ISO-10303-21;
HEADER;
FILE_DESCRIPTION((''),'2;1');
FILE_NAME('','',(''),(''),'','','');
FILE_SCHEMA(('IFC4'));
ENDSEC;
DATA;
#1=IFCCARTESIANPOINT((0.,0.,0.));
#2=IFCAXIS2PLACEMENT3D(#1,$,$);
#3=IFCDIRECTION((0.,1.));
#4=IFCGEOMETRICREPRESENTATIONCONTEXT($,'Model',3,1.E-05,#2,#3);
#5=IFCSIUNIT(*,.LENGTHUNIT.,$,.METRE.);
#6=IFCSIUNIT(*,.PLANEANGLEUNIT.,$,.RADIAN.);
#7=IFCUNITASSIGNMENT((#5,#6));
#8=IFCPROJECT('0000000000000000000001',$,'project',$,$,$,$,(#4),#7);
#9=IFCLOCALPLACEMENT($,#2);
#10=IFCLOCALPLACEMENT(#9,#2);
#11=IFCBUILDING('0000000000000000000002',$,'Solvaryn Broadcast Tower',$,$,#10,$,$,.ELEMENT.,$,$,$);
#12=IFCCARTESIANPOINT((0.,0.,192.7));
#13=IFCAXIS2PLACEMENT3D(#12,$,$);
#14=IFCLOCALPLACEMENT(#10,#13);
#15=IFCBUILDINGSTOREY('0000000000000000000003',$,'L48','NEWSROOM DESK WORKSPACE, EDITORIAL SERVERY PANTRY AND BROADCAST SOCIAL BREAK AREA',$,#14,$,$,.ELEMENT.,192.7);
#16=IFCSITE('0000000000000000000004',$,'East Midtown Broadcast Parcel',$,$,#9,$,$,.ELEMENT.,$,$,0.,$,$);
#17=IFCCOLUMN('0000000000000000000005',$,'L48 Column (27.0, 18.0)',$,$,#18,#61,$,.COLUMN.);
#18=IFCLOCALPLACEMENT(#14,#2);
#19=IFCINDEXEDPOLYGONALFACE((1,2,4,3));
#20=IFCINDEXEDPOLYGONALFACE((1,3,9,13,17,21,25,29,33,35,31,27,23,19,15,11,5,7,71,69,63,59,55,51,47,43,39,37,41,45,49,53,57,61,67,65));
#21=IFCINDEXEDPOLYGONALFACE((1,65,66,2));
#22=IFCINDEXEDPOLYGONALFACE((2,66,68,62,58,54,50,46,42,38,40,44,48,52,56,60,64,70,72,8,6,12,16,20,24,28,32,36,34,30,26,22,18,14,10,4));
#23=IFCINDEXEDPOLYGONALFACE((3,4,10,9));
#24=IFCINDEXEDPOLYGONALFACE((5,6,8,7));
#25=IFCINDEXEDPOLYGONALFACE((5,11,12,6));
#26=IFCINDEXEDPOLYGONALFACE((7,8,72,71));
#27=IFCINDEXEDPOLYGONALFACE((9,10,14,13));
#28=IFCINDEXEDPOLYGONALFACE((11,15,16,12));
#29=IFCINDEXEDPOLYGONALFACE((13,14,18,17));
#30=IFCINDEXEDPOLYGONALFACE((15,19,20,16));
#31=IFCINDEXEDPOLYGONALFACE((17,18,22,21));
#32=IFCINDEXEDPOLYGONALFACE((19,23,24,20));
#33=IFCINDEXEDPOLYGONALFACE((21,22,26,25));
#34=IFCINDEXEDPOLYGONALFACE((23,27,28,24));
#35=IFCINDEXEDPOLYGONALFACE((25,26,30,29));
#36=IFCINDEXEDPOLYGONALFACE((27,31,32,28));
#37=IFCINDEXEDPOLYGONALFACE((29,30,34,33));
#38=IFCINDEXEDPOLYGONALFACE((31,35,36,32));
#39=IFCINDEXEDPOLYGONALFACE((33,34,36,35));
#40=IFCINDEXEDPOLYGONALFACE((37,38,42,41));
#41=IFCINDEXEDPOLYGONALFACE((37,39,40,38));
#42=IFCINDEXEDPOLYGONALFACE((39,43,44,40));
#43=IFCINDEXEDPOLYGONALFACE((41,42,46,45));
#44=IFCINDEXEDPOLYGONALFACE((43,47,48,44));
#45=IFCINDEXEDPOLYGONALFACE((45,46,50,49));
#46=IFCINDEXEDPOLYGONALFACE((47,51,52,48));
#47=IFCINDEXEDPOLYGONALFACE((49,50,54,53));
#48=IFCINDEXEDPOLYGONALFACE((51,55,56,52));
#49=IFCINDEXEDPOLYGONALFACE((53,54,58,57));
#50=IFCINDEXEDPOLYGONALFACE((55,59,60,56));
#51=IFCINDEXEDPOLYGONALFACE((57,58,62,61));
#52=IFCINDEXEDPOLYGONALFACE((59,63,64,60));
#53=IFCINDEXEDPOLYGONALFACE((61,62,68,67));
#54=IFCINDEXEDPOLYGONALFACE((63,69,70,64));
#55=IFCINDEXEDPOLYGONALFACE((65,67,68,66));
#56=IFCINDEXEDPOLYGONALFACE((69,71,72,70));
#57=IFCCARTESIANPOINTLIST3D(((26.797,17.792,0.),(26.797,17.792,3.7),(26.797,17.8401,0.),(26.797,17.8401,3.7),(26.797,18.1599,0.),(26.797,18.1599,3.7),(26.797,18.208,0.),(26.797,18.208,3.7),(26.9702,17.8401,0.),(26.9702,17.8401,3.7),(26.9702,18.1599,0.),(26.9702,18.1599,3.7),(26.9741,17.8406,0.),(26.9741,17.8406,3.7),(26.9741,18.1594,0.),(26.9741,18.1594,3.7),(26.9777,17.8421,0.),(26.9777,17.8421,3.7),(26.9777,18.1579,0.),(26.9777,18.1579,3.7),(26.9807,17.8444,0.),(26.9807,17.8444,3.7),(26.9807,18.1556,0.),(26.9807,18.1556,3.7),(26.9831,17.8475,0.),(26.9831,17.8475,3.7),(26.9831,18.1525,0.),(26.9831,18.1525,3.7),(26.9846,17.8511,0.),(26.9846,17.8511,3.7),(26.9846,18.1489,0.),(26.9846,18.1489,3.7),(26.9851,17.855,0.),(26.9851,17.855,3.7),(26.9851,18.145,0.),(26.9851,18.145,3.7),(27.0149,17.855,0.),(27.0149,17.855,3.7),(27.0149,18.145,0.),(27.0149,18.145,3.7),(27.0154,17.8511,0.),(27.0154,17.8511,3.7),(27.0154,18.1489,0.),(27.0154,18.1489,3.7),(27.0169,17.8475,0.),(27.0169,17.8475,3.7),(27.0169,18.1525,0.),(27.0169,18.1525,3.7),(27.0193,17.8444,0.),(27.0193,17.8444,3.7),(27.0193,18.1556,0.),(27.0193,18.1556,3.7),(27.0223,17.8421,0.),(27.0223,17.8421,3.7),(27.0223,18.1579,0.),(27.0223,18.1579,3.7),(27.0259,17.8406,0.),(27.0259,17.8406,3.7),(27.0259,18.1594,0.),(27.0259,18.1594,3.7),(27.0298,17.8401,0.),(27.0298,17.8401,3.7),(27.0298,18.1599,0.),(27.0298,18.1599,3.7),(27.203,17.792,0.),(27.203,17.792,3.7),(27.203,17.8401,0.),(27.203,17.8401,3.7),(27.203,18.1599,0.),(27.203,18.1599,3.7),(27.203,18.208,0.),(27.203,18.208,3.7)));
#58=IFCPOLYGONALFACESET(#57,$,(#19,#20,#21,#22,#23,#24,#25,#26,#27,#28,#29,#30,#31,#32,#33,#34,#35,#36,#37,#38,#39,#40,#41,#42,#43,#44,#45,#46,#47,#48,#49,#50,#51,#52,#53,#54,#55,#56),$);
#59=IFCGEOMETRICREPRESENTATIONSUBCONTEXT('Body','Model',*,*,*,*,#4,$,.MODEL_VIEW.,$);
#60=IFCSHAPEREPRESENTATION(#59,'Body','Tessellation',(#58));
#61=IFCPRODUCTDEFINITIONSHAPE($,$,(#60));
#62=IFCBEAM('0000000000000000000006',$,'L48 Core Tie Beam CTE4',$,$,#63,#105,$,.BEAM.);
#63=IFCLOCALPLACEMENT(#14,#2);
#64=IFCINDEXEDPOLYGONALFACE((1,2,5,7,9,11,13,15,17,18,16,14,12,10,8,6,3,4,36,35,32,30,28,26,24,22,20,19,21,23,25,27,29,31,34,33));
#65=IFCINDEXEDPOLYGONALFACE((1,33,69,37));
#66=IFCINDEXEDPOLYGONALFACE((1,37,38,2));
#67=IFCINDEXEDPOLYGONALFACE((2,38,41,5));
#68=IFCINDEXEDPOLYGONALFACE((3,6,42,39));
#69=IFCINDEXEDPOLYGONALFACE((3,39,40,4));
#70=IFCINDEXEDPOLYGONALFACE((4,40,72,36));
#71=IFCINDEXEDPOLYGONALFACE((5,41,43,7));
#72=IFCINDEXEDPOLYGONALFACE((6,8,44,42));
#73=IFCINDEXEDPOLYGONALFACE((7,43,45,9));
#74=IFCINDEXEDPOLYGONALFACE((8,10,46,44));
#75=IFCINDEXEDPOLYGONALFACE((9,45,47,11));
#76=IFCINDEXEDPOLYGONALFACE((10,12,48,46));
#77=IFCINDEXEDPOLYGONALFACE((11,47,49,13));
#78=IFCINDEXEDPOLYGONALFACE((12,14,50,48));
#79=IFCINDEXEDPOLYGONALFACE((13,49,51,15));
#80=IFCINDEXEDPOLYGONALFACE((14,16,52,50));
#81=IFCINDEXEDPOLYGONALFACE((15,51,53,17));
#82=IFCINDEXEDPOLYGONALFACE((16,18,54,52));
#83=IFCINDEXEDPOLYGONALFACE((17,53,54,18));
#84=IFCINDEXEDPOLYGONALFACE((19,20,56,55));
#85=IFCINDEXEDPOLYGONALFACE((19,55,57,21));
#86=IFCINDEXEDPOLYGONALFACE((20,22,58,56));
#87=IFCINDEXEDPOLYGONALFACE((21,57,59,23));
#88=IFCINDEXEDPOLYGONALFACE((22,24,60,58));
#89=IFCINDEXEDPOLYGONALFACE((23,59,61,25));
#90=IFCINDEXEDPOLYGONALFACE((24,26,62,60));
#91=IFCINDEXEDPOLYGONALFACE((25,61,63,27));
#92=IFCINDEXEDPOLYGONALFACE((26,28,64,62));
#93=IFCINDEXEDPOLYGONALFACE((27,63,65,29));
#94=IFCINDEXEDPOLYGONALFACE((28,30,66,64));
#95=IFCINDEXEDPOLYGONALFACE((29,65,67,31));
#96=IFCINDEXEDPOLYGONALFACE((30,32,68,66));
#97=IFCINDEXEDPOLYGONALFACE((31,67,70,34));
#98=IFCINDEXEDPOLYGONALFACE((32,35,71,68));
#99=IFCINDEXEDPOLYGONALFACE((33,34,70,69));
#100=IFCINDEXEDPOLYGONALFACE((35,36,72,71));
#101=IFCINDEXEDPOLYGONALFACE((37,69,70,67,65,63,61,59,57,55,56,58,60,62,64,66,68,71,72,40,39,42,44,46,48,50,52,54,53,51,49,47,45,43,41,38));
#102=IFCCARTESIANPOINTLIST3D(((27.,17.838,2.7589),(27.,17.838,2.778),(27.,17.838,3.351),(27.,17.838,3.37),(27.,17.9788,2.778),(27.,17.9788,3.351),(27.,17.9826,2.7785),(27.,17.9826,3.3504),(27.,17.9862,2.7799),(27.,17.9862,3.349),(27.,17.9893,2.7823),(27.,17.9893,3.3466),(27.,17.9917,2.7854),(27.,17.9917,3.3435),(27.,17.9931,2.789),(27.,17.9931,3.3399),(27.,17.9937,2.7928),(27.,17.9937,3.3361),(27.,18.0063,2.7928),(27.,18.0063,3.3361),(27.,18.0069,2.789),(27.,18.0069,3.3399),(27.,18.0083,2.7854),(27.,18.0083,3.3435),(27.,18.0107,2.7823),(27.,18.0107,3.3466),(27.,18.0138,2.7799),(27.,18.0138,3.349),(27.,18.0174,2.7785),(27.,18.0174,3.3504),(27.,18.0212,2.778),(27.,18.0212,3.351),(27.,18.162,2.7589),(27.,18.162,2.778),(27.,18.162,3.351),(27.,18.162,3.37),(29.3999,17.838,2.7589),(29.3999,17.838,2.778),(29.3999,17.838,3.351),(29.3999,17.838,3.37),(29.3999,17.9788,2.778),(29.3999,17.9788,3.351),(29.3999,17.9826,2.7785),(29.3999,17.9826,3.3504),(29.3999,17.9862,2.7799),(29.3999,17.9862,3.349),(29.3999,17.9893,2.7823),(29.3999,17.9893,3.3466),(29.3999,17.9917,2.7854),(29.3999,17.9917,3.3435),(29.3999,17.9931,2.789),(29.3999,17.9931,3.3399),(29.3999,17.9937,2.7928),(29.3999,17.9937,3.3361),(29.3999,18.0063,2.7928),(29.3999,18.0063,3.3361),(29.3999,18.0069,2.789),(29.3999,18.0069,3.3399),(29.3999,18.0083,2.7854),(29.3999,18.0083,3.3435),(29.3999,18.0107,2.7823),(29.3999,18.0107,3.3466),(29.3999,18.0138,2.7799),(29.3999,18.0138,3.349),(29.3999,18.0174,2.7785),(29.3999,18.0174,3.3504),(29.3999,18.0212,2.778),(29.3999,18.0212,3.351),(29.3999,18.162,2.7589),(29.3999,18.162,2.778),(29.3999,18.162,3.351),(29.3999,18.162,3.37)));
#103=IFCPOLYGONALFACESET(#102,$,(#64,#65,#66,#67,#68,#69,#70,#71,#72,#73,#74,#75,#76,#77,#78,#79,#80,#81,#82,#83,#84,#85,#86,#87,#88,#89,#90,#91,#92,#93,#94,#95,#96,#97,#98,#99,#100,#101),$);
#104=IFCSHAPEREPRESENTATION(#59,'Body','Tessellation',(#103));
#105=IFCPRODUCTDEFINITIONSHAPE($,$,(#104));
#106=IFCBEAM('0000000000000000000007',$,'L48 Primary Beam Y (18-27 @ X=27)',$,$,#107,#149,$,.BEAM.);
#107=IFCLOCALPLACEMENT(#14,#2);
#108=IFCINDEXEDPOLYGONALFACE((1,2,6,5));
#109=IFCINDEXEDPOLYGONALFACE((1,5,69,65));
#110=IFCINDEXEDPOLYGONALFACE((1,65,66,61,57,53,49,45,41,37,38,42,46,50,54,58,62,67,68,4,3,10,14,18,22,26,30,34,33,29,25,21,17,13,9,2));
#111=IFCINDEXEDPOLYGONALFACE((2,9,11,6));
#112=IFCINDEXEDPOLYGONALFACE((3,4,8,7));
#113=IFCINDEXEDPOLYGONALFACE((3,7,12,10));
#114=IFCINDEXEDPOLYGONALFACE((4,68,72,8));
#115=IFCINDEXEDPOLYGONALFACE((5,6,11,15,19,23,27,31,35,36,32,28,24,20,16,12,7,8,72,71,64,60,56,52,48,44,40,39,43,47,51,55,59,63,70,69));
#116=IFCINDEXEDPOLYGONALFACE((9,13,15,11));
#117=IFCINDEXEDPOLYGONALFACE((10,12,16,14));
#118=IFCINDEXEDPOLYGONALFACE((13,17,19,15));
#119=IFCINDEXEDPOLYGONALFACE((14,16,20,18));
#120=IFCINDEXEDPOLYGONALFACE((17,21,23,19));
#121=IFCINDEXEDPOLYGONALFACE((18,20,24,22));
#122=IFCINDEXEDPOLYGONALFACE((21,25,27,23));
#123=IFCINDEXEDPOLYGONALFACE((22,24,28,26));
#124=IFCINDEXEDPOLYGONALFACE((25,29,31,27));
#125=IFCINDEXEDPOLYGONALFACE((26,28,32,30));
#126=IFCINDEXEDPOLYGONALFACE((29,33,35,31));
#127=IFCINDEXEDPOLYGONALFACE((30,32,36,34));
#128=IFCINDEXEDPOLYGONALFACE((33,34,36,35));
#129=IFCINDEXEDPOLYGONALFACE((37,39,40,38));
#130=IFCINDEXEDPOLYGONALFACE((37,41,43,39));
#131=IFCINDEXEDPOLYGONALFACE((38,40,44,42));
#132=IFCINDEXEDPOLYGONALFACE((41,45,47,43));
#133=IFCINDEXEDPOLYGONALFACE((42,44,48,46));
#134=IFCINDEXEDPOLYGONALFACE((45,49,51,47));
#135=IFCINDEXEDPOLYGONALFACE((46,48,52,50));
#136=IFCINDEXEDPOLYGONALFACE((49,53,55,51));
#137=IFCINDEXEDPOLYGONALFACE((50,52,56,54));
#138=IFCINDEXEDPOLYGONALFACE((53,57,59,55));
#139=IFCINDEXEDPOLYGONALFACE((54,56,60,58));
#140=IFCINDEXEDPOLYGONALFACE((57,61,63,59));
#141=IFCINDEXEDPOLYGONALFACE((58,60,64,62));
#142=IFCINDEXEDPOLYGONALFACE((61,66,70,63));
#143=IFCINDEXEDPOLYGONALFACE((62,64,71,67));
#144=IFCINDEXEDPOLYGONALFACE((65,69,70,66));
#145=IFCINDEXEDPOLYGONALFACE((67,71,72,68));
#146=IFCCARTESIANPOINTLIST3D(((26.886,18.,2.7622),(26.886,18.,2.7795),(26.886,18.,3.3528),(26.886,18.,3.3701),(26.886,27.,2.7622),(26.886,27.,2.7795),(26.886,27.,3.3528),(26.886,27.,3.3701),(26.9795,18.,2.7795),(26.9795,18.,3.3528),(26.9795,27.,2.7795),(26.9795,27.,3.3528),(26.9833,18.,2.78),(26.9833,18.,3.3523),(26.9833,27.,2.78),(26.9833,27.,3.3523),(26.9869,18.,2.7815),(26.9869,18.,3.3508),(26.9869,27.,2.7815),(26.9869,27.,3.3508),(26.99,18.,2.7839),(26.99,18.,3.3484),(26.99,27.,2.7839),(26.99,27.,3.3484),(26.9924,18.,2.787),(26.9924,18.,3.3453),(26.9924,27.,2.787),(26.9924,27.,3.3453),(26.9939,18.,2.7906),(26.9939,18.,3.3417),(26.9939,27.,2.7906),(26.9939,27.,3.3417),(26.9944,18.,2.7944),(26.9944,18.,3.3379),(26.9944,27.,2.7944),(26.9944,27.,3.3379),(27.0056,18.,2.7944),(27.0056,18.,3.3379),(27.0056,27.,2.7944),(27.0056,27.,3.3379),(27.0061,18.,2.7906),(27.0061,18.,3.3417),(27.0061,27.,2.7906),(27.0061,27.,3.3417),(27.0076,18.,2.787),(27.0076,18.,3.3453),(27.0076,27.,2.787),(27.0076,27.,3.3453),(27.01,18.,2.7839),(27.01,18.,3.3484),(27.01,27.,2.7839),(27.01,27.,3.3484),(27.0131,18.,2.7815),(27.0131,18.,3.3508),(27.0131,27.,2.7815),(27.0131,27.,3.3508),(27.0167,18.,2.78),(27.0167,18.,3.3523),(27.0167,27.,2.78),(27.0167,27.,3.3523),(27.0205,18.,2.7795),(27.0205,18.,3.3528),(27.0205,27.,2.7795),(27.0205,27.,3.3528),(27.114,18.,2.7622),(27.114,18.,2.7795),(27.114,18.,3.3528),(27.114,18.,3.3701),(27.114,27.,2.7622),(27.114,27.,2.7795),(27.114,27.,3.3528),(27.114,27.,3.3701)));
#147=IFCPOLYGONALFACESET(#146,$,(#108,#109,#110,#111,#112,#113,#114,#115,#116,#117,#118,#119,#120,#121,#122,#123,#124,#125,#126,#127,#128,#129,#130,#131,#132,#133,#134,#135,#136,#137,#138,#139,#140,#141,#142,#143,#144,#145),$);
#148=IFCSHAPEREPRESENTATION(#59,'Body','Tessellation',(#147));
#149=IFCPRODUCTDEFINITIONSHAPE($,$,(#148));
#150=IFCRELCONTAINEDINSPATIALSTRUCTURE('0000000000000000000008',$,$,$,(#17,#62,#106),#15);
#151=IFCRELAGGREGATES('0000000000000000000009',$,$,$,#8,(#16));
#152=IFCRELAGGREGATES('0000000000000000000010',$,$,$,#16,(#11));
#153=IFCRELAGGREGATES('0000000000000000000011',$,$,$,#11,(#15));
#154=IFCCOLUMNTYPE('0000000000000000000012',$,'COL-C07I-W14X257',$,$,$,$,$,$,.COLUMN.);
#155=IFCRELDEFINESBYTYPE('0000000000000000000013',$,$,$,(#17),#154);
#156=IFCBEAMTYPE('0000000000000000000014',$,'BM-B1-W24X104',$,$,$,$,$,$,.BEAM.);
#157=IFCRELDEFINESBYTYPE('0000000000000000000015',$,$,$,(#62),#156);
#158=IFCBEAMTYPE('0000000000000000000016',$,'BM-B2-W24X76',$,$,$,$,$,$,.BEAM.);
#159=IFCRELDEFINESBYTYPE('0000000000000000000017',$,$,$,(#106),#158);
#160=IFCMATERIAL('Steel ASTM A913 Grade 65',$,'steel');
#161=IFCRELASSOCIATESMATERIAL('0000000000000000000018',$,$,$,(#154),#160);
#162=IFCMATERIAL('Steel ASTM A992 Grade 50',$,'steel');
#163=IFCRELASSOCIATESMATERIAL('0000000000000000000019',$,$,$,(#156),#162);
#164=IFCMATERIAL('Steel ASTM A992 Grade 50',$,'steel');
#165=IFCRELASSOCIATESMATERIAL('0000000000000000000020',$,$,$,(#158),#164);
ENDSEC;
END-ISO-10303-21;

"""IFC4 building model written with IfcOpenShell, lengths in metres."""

from ifc_helpers import new_model, si_unit, direction, frame, origin, origin_2d, place, context, subcontext, project, spatial, i_section, extrude, material, material_profile, profile_set, type_object, element, save


model = new_model("IFC4")

# Units and contexts
model_context = context("Model", 3, precision=1e-05, world=origin(), true_north=direction((0.0, 1.0)))
body_context = subcontext(model_context, "Body", "Model", "MODEL_VIEW")
ifc_project = project(units=[si_unit("LENGTHUNIT", "METRE"), si_unit("PLANEANGLEUNIT", "RADIAN")], contexts=[model_context])

# Site, building, storey
site_placement = place(None, origin())
site = spatial("IfcSite", under=ifc_project, at=site_placement, Name="East Midtown Broadcast Parcel", CompositionType="ELEMENT", RefElevation=0.0)
building_placement = place(site_placement, origin())
building = spatial("IfcBuilding", under=site, at=building_placement, Name="Solvaryn Broadcast Tower", CompositionType="ELEMENT")
storey_placement = place(building_placement, frame((0.0, 0.0, 192.7)))
storey = spatial("IfcBuildingStorey", under=building, at=storey_placement, Name="L48", Description="NEWSROOM DESK WORKSPACE, EDITORIAL SERVERY PANTRY AND BROADCAST SOCIAL BREAK AREA", CompositionType="ELEMENT", Elevation=192.7)

# Column
ifc_material_1 = material(Name="Steel ASTM A913 Grade 65", Category="steel")
ifc_material_profile_1 = material_profile(ifc_material_1, i_section(OverallWidth=0.406, OverallDepth=0.416, WebThickness=0.0298, FlangeThickness=0.0481, FilletRadius=0.0149, at=origin_2d()))
ifc_profile_set_1 = profile_set([ifc_material_profile_1], Name="Steel ASTM A913 Grade 65")
column_type = type_object("IfcColumnType", Name="COL-C07I-W14X257", PredefinedType="COLUMN", material=ifc_profile_set_1)
column_placement = place(storey_placement, frame((27.0, 18.0, 0.0), z_axis=(0.0, 0.0, 1.0), x_axis=(1.0, 0.0, 0.0)))
element("IfcColumn", 1, at=column_placement, inside=storey, type_object=column_type, Name="L48 Column (27.0, 18.0)", PredefinedType="COLUMN", context=body_context, shape_type="SweptSolid", body=[
    extrude(i_section(OverallWidth=0.406, OverallDepth=0.416, WebThickness=0.0298, FlangeThickness=0.0481, FilletRadius=0.0149, at=origin_2d()), origin(), (0.0, 0.0, 1.0), 3.7),
])

# Beams
ifc_material_2 = material(Name="Steel ASTM A992 Grade 50", Category="steel")
ifc_material_profile_2 = material_profile(ifc_material_2, i_section(OverallWidth=0.324, OverallDepth=0.6111, WebThickness=0.0127, FlangeThickness=0.019, FilletRadius=0.0149, at=origin_2d()))
ifc_profile_set_2 = profile_set([ifc_material_profile_2], Name="Steel ASTM A992 Grade 50")
beam_type_1 = type_object("IfcBeamType", Name="BM-B1-W24X104", PredefinedType="BEAM", material=ifc_profile_set_2)
beam_1_placement = place(storey_placement, frame((27.0, 18.0, 3.0645), z_axis=(1.0, 0.0, 0.0), x_axis=(0.0, 1.0, 0.0)))
element("IfcBeam", 2, at=beam_1_placement, inside=storey, type_object=beam_type_1, Name="L48 Core Tie Beam CTE4", PredefinedType="BEAM", context=body_context, shape_type="SweptSolid", body=[
    extrude(i_section(OverallWidth=0.324, OverallDepth=0.6111, WebThickness=0.0127, FlangeThickness=0.019, FilletRadius=0.0149, at=origin_2d()), origin(), (0.0, 0.0, 1.0), 2.3999),
])
ifc_material_3 = material(Name="Steel ASTM A992 Grade 50", Category="steel")
ifc_material_profile_3 = material_profile(ifc_material_3, i_section(OverallWidth=0.228, OverallDepth=0.6079, WebThickness=0.0112, FlangeThickness=0.0173, FilletRadius=0.0149, at=origin_2d()))
ifc_profile_set_3 = profile_set([ifc_material_profile_3], Name="Steel ASTM A992 Grade 50")
beam_type_2 = type_object("IfcBeamType", Name="BM-B2-W24X76", PredefinedType="BEAM", material=ifc_profile_set_3)
beam_2_placement = place(storey_placement, frame((27.0, 18.0, 3.0662), z_axis=(0.0, 1.0, 0.0), x_axis=(-1.0, 0.0, 0.0)))
element("IfcBeam", 3, at=beam_2_placement, inside=storey, type_object=beam_type_2, Name="L48 Primary Beam Y (18-27 @ X=27)", PredefinedType="BEAM", context=body_context, shape_type="SweptSolid", body=[
    extrude(i_section(OverallWidth=0.228, OverallDepth=0.6079, WebThickness=0.0112, FlangeThickness=0.0173, FilletRadius=0.0149, at=origin_2d()), origin(), (0.0, 0.0, 1.0), 9.0),
])

save(model, "model.ifc")
